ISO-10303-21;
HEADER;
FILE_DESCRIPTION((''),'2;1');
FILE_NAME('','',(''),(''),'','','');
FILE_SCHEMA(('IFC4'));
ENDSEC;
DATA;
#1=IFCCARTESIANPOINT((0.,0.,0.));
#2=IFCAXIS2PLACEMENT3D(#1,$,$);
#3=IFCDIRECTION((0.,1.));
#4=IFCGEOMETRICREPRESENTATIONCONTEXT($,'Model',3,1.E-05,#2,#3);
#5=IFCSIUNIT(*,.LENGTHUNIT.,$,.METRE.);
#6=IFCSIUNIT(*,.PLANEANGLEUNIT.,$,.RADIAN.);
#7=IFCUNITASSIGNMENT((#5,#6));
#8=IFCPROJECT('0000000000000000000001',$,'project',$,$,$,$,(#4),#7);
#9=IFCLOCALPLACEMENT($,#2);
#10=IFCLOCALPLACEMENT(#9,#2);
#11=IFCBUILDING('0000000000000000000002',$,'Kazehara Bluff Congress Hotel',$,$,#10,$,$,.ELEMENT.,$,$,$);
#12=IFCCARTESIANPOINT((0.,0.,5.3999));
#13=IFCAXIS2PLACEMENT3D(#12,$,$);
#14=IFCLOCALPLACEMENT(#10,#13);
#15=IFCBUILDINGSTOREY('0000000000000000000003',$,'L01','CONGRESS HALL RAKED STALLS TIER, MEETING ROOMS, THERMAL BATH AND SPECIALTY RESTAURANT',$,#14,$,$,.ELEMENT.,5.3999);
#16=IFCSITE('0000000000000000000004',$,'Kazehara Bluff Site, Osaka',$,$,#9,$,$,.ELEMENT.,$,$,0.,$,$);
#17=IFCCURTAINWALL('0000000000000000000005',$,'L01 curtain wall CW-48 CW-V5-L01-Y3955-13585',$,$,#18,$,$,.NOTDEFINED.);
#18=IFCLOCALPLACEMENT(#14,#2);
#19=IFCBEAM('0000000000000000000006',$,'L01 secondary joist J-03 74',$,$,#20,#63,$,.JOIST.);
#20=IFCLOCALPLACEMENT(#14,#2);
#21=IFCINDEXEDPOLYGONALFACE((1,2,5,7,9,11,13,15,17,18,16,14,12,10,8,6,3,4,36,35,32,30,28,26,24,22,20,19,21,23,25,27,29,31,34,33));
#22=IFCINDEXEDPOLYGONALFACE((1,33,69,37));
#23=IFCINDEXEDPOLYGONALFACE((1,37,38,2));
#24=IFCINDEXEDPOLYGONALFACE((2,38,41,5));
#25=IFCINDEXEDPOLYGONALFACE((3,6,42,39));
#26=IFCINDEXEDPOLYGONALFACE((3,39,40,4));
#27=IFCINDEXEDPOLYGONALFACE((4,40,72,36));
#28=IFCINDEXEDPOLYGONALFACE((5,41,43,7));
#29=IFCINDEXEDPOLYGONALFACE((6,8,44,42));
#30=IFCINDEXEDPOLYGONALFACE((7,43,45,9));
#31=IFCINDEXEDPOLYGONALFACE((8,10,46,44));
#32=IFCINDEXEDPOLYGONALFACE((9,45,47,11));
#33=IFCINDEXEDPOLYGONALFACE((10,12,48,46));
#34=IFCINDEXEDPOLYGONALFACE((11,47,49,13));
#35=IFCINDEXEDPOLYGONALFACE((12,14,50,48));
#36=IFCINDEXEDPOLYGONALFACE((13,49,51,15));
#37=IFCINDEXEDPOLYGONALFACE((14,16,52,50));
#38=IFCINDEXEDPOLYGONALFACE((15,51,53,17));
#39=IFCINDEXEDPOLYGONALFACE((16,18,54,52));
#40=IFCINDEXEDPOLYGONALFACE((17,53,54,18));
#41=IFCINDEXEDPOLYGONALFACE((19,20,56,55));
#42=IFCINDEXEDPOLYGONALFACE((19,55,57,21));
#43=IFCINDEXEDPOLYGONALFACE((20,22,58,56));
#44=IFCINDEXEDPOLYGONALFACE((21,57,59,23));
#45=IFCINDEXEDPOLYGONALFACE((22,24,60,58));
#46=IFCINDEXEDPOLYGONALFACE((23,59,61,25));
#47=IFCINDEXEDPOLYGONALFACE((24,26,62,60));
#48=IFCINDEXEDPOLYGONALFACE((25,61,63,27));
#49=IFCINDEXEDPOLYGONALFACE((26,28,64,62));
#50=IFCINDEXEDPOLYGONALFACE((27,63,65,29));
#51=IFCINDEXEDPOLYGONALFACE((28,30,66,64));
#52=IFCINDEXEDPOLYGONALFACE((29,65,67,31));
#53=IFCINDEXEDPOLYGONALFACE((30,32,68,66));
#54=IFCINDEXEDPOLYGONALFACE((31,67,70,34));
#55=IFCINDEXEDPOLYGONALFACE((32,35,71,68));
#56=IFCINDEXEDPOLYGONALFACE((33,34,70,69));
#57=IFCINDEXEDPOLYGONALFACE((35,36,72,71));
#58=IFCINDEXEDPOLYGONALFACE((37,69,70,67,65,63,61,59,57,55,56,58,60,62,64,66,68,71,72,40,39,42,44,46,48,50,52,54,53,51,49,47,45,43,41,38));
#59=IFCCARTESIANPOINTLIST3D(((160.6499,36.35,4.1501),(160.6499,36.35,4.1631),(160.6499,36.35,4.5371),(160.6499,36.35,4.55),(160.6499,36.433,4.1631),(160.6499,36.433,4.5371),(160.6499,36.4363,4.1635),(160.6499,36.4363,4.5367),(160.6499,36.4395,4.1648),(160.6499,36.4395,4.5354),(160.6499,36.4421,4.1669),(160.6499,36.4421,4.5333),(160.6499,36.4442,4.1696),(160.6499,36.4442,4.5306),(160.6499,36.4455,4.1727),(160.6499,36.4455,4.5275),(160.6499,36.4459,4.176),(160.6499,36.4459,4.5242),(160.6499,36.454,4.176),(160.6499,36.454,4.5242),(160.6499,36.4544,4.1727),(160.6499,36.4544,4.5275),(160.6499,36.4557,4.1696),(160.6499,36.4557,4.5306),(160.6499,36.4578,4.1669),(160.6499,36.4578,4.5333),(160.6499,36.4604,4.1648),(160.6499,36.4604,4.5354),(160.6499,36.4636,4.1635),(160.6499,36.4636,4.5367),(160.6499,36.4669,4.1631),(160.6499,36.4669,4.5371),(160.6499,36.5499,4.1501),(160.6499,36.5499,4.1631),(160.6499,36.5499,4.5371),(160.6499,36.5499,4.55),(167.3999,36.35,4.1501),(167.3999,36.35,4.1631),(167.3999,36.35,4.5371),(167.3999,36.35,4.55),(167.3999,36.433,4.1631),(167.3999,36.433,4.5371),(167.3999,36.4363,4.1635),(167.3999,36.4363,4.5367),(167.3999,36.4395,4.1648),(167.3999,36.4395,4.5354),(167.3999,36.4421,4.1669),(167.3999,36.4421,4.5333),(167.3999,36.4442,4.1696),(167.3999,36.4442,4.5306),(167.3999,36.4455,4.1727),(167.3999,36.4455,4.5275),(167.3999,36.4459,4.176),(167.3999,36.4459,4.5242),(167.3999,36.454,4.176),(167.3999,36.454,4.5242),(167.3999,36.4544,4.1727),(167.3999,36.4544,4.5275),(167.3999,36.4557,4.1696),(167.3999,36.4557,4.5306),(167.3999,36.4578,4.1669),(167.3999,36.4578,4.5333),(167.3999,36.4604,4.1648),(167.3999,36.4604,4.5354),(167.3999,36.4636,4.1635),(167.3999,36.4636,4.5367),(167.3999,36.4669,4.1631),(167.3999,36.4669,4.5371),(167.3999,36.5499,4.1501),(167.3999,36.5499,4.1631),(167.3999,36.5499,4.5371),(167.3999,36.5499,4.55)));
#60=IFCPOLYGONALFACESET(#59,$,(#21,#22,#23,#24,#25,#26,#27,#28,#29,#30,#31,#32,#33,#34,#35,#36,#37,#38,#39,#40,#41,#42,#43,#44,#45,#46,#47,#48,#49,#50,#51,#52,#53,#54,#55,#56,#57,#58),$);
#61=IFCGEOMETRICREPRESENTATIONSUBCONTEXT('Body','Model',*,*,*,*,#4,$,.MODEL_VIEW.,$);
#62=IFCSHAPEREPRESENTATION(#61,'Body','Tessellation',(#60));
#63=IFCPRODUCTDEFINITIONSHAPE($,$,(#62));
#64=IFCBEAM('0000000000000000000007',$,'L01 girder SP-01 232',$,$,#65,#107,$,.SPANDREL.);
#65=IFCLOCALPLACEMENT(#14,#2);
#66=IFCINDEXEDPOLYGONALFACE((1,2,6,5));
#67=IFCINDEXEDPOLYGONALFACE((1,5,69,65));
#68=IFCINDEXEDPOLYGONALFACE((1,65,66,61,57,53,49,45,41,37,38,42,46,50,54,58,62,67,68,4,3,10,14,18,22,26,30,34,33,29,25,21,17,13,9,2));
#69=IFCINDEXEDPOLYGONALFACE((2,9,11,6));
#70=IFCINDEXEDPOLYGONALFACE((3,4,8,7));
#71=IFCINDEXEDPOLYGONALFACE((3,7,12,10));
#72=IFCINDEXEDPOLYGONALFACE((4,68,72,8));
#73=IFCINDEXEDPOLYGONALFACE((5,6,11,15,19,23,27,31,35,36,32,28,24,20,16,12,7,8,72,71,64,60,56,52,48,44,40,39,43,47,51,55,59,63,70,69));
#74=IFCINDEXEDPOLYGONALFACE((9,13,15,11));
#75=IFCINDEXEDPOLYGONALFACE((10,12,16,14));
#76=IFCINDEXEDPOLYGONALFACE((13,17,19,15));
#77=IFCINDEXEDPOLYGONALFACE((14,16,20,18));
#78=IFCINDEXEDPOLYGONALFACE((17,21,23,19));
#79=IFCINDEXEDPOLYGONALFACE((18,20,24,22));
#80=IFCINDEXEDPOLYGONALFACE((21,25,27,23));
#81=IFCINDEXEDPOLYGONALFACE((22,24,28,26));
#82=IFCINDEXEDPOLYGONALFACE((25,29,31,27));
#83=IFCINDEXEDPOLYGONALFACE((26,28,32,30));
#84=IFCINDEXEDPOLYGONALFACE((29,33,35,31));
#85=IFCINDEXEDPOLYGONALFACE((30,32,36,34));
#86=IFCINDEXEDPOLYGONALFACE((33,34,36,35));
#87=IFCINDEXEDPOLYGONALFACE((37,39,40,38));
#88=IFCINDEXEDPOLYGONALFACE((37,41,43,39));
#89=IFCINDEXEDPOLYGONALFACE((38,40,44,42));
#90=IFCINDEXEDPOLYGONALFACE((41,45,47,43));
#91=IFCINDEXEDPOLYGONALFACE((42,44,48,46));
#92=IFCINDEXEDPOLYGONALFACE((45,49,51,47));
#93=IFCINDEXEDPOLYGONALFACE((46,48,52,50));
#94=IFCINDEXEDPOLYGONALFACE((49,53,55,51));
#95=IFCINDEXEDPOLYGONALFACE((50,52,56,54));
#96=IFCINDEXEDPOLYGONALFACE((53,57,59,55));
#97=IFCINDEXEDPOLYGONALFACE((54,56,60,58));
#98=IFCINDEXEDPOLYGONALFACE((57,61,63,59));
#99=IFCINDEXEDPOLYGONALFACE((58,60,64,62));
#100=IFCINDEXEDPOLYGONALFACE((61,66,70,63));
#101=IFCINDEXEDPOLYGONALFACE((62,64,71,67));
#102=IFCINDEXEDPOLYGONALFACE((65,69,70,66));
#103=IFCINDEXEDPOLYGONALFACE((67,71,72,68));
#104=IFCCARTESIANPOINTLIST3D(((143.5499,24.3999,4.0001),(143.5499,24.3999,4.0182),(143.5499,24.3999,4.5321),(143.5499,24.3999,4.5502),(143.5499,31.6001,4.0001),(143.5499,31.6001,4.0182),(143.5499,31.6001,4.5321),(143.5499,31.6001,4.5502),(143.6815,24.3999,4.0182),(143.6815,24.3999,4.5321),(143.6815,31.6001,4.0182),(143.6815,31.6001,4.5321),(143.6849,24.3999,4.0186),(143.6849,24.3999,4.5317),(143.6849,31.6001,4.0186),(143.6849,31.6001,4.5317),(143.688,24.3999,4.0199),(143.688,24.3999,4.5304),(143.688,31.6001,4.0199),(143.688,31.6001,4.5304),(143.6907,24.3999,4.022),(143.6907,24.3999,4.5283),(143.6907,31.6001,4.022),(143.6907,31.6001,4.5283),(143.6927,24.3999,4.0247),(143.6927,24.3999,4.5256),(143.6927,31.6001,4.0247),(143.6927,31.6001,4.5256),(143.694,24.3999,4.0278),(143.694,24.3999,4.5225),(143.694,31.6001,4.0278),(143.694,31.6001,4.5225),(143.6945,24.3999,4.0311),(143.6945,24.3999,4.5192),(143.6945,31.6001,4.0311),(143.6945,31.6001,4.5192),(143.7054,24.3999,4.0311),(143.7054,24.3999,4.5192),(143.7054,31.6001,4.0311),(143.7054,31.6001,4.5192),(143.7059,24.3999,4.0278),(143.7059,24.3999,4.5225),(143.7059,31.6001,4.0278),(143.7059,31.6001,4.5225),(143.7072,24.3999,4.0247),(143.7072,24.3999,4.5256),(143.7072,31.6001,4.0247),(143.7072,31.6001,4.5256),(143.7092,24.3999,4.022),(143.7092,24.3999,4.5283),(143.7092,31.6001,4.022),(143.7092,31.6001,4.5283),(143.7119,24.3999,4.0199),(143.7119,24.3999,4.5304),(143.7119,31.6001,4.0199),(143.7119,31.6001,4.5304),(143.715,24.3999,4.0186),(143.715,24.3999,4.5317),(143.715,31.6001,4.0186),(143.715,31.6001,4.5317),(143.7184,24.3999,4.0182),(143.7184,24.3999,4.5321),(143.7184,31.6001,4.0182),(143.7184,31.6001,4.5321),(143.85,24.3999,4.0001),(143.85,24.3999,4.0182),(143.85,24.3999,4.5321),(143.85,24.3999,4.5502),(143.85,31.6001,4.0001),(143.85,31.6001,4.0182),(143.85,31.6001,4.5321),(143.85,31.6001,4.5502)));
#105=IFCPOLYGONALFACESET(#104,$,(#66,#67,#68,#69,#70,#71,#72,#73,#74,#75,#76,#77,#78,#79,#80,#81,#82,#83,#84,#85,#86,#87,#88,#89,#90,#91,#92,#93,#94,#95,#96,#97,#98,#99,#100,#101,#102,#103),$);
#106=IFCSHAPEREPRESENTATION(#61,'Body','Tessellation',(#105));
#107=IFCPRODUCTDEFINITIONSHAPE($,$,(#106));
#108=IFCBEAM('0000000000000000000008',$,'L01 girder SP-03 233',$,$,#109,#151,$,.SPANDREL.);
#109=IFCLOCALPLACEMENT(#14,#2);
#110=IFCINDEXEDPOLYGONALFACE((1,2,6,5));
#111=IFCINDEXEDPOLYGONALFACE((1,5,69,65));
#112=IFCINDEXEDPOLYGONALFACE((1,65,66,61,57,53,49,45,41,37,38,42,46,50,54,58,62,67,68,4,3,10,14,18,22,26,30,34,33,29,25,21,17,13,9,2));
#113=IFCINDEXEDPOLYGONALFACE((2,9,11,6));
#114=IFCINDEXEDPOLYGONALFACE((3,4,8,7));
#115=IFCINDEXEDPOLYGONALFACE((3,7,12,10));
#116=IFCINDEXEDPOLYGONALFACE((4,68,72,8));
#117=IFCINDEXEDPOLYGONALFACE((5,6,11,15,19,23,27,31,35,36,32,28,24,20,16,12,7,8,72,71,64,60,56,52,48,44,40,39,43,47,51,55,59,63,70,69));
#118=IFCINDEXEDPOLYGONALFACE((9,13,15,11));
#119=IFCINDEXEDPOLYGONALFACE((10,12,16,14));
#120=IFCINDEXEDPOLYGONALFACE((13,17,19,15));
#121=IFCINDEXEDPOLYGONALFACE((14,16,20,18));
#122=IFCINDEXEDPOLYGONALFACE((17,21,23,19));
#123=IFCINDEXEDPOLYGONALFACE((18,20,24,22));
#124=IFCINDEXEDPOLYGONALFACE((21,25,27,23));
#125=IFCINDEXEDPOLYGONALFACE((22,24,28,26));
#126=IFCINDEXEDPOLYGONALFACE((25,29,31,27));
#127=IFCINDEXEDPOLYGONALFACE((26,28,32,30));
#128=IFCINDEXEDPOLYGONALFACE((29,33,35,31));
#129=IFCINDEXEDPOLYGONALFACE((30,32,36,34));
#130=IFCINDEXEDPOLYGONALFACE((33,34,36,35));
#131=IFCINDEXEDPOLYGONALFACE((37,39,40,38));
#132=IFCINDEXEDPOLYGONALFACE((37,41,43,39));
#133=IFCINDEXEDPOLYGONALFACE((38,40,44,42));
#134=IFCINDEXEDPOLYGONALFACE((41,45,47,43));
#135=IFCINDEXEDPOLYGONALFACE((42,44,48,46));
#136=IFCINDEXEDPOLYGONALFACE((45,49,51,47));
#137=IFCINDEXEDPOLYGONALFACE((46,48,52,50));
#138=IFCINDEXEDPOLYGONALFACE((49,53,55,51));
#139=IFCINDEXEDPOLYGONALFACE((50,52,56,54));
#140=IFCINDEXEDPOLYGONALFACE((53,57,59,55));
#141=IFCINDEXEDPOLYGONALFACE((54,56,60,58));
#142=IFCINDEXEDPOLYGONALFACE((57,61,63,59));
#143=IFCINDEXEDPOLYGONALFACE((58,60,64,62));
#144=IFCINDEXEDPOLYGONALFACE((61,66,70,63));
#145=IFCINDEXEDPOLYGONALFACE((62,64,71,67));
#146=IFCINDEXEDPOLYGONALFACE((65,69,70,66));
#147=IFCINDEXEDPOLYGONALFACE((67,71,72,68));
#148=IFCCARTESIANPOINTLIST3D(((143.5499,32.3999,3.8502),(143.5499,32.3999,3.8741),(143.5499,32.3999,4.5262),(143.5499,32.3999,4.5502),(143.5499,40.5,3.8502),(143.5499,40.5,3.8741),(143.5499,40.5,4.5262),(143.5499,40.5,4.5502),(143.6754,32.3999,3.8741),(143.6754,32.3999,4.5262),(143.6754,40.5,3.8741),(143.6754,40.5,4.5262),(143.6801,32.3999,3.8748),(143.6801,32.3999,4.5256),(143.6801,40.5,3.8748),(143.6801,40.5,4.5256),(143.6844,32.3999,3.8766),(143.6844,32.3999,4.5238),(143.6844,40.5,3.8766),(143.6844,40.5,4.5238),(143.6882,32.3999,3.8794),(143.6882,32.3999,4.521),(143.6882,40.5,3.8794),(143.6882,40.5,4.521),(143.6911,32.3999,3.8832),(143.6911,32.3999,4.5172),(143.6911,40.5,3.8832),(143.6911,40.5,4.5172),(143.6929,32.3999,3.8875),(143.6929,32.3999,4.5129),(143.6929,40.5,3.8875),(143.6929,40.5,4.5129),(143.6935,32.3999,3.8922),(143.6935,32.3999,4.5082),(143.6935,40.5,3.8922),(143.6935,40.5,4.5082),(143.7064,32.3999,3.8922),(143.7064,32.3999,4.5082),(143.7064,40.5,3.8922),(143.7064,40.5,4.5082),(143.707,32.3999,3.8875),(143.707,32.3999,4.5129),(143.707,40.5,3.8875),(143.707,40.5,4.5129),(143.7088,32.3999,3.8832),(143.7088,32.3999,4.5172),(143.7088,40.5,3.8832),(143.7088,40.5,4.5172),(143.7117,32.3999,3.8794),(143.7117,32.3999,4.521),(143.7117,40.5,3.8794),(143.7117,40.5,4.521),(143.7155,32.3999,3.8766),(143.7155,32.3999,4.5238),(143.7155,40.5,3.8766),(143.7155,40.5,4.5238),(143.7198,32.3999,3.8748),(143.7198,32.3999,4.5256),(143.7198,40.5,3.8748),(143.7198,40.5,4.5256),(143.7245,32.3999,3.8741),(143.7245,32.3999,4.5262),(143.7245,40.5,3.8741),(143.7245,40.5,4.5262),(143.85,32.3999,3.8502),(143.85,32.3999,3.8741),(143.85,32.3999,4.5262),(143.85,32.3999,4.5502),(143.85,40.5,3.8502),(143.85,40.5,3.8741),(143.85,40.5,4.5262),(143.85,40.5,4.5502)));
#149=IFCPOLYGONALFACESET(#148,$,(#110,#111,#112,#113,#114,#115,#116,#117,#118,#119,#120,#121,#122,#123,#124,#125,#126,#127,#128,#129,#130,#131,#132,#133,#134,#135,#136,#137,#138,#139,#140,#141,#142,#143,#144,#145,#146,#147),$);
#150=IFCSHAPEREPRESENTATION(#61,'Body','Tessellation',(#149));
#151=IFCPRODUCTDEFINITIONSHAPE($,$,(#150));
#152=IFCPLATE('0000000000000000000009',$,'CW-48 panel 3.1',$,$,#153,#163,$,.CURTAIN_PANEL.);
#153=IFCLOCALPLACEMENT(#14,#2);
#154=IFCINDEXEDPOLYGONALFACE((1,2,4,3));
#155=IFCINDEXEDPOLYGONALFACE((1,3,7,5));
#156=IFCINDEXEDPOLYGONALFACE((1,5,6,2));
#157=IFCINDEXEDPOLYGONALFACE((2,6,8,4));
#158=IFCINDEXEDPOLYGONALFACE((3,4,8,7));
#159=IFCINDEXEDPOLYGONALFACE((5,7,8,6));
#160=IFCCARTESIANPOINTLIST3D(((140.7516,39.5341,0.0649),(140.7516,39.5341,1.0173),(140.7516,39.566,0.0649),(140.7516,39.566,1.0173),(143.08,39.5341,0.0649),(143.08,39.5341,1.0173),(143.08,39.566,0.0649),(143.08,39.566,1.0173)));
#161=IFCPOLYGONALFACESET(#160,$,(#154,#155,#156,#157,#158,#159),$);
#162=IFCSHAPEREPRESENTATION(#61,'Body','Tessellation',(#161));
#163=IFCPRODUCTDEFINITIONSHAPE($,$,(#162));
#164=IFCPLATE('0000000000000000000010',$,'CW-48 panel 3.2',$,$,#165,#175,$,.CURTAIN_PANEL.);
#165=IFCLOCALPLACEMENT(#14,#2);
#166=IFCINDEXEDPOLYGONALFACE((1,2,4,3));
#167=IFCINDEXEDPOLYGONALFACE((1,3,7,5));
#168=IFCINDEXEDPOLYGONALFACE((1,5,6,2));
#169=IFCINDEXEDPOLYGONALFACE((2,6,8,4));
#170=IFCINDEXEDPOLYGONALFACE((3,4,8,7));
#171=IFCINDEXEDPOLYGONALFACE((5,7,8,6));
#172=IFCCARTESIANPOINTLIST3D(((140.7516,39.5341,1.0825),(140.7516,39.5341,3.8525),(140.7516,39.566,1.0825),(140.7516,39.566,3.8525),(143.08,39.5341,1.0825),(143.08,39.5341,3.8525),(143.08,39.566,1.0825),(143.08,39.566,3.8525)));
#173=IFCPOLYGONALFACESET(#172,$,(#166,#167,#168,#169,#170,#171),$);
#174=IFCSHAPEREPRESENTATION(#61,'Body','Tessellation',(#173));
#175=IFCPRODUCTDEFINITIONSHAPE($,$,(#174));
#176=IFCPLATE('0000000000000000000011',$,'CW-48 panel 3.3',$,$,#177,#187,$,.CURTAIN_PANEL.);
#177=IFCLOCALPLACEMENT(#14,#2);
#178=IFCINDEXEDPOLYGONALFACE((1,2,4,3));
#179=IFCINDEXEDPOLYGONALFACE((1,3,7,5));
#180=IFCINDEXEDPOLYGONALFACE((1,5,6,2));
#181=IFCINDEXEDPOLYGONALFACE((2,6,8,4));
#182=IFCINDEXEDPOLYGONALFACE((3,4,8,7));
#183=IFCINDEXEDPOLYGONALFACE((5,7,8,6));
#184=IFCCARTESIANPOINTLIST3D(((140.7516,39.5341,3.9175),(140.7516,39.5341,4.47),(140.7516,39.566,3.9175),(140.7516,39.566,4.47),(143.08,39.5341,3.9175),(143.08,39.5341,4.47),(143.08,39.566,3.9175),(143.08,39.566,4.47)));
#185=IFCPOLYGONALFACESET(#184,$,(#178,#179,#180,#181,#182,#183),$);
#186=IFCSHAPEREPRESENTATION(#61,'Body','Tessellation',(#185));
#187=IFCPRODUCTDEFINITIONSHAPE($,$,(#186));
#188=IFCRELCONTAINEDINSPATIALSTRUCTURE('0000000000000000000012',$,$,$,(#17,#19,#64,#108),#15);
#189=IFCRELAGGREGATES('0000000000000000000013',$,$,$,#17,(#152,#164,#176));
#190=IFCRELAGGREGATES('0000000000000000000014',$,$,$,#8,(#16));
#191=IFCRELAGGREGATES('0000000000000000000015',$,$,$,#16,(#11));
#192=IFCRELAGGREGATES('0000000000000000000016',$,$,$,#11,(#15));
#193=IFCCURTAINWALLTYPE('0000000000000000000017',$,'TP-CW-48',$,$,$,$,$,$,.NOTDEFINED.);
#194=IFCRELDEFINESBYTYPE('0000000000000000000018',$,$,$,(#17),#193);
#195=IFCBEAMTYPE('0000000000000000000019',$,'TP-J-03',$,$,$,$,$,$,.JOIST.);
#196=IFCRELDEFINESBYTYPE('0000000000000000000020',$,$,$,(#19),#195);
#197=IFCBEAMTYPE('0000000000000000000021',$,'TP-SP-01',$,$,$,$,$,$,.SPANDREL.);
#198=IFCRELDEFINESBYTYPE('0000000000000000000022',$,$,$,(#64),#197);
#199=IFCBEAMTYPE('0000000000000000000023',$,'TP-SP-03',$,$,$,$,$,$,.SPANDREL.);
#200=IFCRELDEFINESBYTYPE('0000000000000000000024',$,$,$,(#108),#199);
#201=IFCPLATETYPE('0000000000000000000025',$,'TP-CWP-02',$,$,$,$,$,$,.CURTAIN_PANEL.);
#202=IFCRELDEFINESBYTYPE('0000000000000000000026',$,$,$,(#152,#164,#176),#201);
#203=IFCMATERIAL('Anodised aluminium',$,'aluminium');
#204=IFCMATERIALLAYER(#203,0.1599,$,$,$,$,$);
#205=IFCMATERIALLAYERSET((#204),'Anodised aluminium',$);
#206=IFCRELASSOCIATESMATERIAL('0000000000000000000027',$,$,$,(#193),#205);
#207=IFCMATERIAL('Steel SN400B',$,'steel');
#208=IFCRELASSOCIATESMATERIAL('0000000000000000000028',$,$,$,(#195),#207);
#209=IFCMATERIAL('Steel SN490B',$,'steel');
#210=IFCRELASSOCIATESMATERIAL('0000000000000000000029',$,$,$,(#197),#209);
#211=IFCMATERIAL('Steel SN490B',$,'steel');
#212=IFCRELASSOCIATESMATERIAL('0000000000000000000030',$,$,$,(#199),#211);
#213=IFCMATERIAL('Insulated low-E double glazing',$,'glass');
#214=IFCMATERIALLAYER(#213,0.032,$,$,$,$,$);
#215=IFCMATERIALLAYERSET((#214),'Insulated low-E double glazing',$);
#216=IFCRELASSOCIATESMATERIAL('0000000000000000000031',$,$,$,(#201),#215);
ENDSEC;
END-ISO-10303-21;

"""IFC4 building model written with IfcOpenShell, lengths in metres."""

from ifc_helpers import new_model, si_unit, direction, frame, origin, origin_2d, place, context, subcontext, project, spatial, rectangle, i_section, extrude, material, layer, layer_set, material_profile, profile_set, type_object, element, aggregate, save


model = new_model("IFC4")

# Units and contexts
model_context = context("Model", 3, precision=1e-05, world=origin(), true_north=direction((0.0, 1.0)))
body_context = subcontext(model_context, "Body", "Model", "MODEL_VIEW")
ifc_project = project(units=[si_unit("LENGTHUNIT", "METRE"), si_unit("PLANEANGLEUNIT", "RADIAN")], contexts=[model_context])

# Site, building, storey
site_placement = place(None, origin())
site = spatial("IfcSite", under=ifc_project, at=site_placement, Name="Kazehara Bluff Site, Osaka", CompositionType="ELEMENT", RefElevation=0.0)
building_placement = place(site_placement, origin())
building = spatial("IfcBuilding", under=site, at=building_placement, Name="Kazehara Bluff Congress Hotel", CompositionType="ELEMENT")
storey_placement = place(building_placement, frame((0.0, 0.0, 5.3999)))
storey = spatial("IfcBuildingStorey", under=building, at=storey_placement, Name="L01", Description="CONGRESS HALL RAKED STALLS TIER, MEETING ROOMS, THERMAL BATH AND SPECIALTY RESTAURANT", CompositionType="ELEMENT", Elevation=5.3999)

# Curtain wall
ifc_material_1 = material(Name="Anodised aluminium", Category="aluminium")
ifc_layer_1 = layer(ifc_material_1, 0.1599)
ifc_layer_set_1 = layer_set([ifc_layer_1], Name="Anodised aluminium")
curtain_wall_type = type_object("IfcCurtainWallType", Name="TP-CW-48", PredefinedType="NOTDEFINED", material=ifc_layer_set_1)
curtain_wall_placement = place(storey_placement, origin())
curtain_wall = element("IfcCurtainWall", 1, at=curtain_wall_placement, inside=storey, type_object=curtain_wall_type, Name="L01 curtain wall CW-48 CW-V5-L01-Y3955-13585", PredefinedType="NOTDEFINED")

# Beams
ifc_material_2 = material(Name="Steel SN400B", Category="steel")
ifc_material_profile_1 = material_profile(ifc_material_2, i_section(OverallWidth=0.2, OverallDepth=0.3999, WebThickness=0.0081, FlangeThickness=0.0129, FilletRadius=0.0129, at=origin_2d()))
ifc_profile_set_1 = profile_set([ifc_material_profile_1], Name="Steel SN400B")
beam_type_1 = type_object("IfcBeamType", Name="TP-J-03", PredefinedType="JOIST", material=ifc_profile_set_1)
for number, where, z_axis, x_axis, name in (
    (2, (160.6499, 36.45, 4.3501), (1.0, 0.0, 0.0), (0.0, 1.0, 0.0), "L01 secondary joist J-03 74"),
):
    element("IfcBeam", number, at=place(storey_placement, frame(where, z_axis=z_axis, x_axis=x_axis)), inside=storey, type_object=beam_type_1, Name=name, PredefinedType="JOIST", context=body_context, shape_type="SweptSolid", body=[
        extrude(i_section(OverallWidth=0.2, OverallDepth=0.3999, WebThickness=0.0081, FlangeThickness=0.0129, FilletRadius=0.0129, at=origin_2d()), origin(), (0.0, 0.0, 1.0), 6.75),
    ])
ifc_material_3 = material(Name="Steel SN490B", Category="steel")
ifc_material_profile_2 = material_profile(ifc_material_3, i_section(OverallWidth=0.3, OverallDepth=0.55, WebThickness=0.011, FlangeThickness=0.0181, FilletRadius=0.0129, at=origin_2d()))
ifc_profile_set_2 = profile_set([ifc_material_profile_2], Name="Steel SN490B")
beam_type_2 = type_object("IfcBeamType", Name="TP-SP-01", PredefinedType="SPANDREL", material=ifc_profile_set_2)
beam_1_placement = place(storey_placement, frame((143.7, 24.3999, 4.2751), z_axis=(0.0, 1.0, 0.0), x_axis=(-1.0, 0.0, 0.0)))
element("IfcBeam", 3, at=beam_1_placement, inside=storey, type_object=beam_type_2, Name="L01 girder SP-01 232", PredefinedType="SPANDREL", context=body_context, shape_type="SweptSolid", body=[
    extrude(i_section(OverallWidth=0.3, OverallDepth=0.55, WebThickness=0.011, FlangeThickness=0.0181, FilletRadius=0.0129, at=origin_2d()), origin(), (0.0, 0.0, 1.0), 7.2002),
])
ifc_material_4 = material(Name="Steel SN490B", Category="steel")
ifc_material_profile_3 = material_profile(ifc_material_4, i_section(OverallWidth=0.3, OverallDepth=0.7, WebThickness=0.0129, FlangeThickness=0.0239, FilletRadius=0.0181, at=origin_2d()))
ifc_profile_set_3 = profile_set([ifc_material_profile_3], Name="Steel SN490B")
beam_type_3 = type_object("IfcBeamType", Name="TP-SP-03", PredefinedType="SPANDREL", material=ifc_profile_set_3)
beam_2_placement = place(storey_placement, frame((143.7, 32.3999, 4.2002), z_axis=(0.0, 1.0, 0.0), x_axis=(-1.0, 0.0, 0.0)))
element("IfcBeam", 4, at=beam_2_placement, inside=storey, type_object=beam_type_3, Name="L01 girder SP-03 233", PredefinedType="SPANDREL", context=body_context, shape_type="SweptSolid", body=[
    extrude(i_section(OverallWidth=0.3, OverallDepth=0.7, WebThickness=0.0129, FlangeThickness=0.0239, FilletRadius=0.0181, at=origin_2d()), origin(), (0.0, 0.0, 1.0), 8.1001),
])

# Plates
ifc_material_5 = material(Name="Insulated low-E double glazing", Category="glass")
ifc_layer_2 = layer(ifc_material_5, 0.032)
ifc_layer_set_2 = layer_set([ifc_layer_2], Name="Insulated low-E double glazing")
plate_type = type_object("IfcPlateType", Name="TP-CWP-02", PredefinedType="CURTAIN_PANEL", material=ifc_layer_set_2)
plate_1_placement = place(storey_placement, frame((141.9158, 39.55, 0.0649), z_axis=(0.0, 0.0, 1.0), x_axis=(1.0, 0.0, 0.0)))
plate_1 = element("IfcPlate", 5, at=plate_1_placement, type_object=plate_type, Name="CW-48 panel 3.1", PredefinedType="CURTAIN_PANEL", context=body_context, shape_type="SweptSolid", body=[
    extrude(rectangle(XDim=2.3284, YDim=0.032, at=origin_2d()), origin(), (0.0, 0.0, 1.0), 0.9524),
])
plate_2_placement = place(storey_placement, frame((141.9158, 39.55, 1.0825), z_axis=(0.0, 0.0, 1.0), x_axis=(1.0, 0.0, 0.0)))
plate_2 = element("IfcPlate", 6, at=plate_2_placement, type_object=plate_type, Name="CW-48 panel 3.2", PredefinedType="CURTAIN_PANEL", context=body_context, shape_type="SweptSolid", body=[
    extrude(rectangle(XDim=2.3284, YDim=0.032, at=origin_2d()), origin(), (0.0, 0.0, 1.0), 2.77),
])
plate_3_placement = place(storey_placement, frame((141.9158, 39.55, 3.9175), z_axis=(0.0, 0.0, 1.0), x_axis=(1.0, 0.0, 0.0)))
plate_3 = element("IfcPlate", 7, at=plate_3_placement, type_object=plate_type, Name="CW-48 panel 3.3", PredefinedType="CURTAIN_PANEL", context=body_context, shape_type="SweptSolid", body=[
    extrude(rectangle(XDim=2.3284, YDim=0.032, at=origin_2d()), origin(), (0.0, 0.0, 1.0), 0.5525),
])
aggregate(curtain_wall, [plate_1, plate_2, plate_3])

save(model, "model.ifc")
